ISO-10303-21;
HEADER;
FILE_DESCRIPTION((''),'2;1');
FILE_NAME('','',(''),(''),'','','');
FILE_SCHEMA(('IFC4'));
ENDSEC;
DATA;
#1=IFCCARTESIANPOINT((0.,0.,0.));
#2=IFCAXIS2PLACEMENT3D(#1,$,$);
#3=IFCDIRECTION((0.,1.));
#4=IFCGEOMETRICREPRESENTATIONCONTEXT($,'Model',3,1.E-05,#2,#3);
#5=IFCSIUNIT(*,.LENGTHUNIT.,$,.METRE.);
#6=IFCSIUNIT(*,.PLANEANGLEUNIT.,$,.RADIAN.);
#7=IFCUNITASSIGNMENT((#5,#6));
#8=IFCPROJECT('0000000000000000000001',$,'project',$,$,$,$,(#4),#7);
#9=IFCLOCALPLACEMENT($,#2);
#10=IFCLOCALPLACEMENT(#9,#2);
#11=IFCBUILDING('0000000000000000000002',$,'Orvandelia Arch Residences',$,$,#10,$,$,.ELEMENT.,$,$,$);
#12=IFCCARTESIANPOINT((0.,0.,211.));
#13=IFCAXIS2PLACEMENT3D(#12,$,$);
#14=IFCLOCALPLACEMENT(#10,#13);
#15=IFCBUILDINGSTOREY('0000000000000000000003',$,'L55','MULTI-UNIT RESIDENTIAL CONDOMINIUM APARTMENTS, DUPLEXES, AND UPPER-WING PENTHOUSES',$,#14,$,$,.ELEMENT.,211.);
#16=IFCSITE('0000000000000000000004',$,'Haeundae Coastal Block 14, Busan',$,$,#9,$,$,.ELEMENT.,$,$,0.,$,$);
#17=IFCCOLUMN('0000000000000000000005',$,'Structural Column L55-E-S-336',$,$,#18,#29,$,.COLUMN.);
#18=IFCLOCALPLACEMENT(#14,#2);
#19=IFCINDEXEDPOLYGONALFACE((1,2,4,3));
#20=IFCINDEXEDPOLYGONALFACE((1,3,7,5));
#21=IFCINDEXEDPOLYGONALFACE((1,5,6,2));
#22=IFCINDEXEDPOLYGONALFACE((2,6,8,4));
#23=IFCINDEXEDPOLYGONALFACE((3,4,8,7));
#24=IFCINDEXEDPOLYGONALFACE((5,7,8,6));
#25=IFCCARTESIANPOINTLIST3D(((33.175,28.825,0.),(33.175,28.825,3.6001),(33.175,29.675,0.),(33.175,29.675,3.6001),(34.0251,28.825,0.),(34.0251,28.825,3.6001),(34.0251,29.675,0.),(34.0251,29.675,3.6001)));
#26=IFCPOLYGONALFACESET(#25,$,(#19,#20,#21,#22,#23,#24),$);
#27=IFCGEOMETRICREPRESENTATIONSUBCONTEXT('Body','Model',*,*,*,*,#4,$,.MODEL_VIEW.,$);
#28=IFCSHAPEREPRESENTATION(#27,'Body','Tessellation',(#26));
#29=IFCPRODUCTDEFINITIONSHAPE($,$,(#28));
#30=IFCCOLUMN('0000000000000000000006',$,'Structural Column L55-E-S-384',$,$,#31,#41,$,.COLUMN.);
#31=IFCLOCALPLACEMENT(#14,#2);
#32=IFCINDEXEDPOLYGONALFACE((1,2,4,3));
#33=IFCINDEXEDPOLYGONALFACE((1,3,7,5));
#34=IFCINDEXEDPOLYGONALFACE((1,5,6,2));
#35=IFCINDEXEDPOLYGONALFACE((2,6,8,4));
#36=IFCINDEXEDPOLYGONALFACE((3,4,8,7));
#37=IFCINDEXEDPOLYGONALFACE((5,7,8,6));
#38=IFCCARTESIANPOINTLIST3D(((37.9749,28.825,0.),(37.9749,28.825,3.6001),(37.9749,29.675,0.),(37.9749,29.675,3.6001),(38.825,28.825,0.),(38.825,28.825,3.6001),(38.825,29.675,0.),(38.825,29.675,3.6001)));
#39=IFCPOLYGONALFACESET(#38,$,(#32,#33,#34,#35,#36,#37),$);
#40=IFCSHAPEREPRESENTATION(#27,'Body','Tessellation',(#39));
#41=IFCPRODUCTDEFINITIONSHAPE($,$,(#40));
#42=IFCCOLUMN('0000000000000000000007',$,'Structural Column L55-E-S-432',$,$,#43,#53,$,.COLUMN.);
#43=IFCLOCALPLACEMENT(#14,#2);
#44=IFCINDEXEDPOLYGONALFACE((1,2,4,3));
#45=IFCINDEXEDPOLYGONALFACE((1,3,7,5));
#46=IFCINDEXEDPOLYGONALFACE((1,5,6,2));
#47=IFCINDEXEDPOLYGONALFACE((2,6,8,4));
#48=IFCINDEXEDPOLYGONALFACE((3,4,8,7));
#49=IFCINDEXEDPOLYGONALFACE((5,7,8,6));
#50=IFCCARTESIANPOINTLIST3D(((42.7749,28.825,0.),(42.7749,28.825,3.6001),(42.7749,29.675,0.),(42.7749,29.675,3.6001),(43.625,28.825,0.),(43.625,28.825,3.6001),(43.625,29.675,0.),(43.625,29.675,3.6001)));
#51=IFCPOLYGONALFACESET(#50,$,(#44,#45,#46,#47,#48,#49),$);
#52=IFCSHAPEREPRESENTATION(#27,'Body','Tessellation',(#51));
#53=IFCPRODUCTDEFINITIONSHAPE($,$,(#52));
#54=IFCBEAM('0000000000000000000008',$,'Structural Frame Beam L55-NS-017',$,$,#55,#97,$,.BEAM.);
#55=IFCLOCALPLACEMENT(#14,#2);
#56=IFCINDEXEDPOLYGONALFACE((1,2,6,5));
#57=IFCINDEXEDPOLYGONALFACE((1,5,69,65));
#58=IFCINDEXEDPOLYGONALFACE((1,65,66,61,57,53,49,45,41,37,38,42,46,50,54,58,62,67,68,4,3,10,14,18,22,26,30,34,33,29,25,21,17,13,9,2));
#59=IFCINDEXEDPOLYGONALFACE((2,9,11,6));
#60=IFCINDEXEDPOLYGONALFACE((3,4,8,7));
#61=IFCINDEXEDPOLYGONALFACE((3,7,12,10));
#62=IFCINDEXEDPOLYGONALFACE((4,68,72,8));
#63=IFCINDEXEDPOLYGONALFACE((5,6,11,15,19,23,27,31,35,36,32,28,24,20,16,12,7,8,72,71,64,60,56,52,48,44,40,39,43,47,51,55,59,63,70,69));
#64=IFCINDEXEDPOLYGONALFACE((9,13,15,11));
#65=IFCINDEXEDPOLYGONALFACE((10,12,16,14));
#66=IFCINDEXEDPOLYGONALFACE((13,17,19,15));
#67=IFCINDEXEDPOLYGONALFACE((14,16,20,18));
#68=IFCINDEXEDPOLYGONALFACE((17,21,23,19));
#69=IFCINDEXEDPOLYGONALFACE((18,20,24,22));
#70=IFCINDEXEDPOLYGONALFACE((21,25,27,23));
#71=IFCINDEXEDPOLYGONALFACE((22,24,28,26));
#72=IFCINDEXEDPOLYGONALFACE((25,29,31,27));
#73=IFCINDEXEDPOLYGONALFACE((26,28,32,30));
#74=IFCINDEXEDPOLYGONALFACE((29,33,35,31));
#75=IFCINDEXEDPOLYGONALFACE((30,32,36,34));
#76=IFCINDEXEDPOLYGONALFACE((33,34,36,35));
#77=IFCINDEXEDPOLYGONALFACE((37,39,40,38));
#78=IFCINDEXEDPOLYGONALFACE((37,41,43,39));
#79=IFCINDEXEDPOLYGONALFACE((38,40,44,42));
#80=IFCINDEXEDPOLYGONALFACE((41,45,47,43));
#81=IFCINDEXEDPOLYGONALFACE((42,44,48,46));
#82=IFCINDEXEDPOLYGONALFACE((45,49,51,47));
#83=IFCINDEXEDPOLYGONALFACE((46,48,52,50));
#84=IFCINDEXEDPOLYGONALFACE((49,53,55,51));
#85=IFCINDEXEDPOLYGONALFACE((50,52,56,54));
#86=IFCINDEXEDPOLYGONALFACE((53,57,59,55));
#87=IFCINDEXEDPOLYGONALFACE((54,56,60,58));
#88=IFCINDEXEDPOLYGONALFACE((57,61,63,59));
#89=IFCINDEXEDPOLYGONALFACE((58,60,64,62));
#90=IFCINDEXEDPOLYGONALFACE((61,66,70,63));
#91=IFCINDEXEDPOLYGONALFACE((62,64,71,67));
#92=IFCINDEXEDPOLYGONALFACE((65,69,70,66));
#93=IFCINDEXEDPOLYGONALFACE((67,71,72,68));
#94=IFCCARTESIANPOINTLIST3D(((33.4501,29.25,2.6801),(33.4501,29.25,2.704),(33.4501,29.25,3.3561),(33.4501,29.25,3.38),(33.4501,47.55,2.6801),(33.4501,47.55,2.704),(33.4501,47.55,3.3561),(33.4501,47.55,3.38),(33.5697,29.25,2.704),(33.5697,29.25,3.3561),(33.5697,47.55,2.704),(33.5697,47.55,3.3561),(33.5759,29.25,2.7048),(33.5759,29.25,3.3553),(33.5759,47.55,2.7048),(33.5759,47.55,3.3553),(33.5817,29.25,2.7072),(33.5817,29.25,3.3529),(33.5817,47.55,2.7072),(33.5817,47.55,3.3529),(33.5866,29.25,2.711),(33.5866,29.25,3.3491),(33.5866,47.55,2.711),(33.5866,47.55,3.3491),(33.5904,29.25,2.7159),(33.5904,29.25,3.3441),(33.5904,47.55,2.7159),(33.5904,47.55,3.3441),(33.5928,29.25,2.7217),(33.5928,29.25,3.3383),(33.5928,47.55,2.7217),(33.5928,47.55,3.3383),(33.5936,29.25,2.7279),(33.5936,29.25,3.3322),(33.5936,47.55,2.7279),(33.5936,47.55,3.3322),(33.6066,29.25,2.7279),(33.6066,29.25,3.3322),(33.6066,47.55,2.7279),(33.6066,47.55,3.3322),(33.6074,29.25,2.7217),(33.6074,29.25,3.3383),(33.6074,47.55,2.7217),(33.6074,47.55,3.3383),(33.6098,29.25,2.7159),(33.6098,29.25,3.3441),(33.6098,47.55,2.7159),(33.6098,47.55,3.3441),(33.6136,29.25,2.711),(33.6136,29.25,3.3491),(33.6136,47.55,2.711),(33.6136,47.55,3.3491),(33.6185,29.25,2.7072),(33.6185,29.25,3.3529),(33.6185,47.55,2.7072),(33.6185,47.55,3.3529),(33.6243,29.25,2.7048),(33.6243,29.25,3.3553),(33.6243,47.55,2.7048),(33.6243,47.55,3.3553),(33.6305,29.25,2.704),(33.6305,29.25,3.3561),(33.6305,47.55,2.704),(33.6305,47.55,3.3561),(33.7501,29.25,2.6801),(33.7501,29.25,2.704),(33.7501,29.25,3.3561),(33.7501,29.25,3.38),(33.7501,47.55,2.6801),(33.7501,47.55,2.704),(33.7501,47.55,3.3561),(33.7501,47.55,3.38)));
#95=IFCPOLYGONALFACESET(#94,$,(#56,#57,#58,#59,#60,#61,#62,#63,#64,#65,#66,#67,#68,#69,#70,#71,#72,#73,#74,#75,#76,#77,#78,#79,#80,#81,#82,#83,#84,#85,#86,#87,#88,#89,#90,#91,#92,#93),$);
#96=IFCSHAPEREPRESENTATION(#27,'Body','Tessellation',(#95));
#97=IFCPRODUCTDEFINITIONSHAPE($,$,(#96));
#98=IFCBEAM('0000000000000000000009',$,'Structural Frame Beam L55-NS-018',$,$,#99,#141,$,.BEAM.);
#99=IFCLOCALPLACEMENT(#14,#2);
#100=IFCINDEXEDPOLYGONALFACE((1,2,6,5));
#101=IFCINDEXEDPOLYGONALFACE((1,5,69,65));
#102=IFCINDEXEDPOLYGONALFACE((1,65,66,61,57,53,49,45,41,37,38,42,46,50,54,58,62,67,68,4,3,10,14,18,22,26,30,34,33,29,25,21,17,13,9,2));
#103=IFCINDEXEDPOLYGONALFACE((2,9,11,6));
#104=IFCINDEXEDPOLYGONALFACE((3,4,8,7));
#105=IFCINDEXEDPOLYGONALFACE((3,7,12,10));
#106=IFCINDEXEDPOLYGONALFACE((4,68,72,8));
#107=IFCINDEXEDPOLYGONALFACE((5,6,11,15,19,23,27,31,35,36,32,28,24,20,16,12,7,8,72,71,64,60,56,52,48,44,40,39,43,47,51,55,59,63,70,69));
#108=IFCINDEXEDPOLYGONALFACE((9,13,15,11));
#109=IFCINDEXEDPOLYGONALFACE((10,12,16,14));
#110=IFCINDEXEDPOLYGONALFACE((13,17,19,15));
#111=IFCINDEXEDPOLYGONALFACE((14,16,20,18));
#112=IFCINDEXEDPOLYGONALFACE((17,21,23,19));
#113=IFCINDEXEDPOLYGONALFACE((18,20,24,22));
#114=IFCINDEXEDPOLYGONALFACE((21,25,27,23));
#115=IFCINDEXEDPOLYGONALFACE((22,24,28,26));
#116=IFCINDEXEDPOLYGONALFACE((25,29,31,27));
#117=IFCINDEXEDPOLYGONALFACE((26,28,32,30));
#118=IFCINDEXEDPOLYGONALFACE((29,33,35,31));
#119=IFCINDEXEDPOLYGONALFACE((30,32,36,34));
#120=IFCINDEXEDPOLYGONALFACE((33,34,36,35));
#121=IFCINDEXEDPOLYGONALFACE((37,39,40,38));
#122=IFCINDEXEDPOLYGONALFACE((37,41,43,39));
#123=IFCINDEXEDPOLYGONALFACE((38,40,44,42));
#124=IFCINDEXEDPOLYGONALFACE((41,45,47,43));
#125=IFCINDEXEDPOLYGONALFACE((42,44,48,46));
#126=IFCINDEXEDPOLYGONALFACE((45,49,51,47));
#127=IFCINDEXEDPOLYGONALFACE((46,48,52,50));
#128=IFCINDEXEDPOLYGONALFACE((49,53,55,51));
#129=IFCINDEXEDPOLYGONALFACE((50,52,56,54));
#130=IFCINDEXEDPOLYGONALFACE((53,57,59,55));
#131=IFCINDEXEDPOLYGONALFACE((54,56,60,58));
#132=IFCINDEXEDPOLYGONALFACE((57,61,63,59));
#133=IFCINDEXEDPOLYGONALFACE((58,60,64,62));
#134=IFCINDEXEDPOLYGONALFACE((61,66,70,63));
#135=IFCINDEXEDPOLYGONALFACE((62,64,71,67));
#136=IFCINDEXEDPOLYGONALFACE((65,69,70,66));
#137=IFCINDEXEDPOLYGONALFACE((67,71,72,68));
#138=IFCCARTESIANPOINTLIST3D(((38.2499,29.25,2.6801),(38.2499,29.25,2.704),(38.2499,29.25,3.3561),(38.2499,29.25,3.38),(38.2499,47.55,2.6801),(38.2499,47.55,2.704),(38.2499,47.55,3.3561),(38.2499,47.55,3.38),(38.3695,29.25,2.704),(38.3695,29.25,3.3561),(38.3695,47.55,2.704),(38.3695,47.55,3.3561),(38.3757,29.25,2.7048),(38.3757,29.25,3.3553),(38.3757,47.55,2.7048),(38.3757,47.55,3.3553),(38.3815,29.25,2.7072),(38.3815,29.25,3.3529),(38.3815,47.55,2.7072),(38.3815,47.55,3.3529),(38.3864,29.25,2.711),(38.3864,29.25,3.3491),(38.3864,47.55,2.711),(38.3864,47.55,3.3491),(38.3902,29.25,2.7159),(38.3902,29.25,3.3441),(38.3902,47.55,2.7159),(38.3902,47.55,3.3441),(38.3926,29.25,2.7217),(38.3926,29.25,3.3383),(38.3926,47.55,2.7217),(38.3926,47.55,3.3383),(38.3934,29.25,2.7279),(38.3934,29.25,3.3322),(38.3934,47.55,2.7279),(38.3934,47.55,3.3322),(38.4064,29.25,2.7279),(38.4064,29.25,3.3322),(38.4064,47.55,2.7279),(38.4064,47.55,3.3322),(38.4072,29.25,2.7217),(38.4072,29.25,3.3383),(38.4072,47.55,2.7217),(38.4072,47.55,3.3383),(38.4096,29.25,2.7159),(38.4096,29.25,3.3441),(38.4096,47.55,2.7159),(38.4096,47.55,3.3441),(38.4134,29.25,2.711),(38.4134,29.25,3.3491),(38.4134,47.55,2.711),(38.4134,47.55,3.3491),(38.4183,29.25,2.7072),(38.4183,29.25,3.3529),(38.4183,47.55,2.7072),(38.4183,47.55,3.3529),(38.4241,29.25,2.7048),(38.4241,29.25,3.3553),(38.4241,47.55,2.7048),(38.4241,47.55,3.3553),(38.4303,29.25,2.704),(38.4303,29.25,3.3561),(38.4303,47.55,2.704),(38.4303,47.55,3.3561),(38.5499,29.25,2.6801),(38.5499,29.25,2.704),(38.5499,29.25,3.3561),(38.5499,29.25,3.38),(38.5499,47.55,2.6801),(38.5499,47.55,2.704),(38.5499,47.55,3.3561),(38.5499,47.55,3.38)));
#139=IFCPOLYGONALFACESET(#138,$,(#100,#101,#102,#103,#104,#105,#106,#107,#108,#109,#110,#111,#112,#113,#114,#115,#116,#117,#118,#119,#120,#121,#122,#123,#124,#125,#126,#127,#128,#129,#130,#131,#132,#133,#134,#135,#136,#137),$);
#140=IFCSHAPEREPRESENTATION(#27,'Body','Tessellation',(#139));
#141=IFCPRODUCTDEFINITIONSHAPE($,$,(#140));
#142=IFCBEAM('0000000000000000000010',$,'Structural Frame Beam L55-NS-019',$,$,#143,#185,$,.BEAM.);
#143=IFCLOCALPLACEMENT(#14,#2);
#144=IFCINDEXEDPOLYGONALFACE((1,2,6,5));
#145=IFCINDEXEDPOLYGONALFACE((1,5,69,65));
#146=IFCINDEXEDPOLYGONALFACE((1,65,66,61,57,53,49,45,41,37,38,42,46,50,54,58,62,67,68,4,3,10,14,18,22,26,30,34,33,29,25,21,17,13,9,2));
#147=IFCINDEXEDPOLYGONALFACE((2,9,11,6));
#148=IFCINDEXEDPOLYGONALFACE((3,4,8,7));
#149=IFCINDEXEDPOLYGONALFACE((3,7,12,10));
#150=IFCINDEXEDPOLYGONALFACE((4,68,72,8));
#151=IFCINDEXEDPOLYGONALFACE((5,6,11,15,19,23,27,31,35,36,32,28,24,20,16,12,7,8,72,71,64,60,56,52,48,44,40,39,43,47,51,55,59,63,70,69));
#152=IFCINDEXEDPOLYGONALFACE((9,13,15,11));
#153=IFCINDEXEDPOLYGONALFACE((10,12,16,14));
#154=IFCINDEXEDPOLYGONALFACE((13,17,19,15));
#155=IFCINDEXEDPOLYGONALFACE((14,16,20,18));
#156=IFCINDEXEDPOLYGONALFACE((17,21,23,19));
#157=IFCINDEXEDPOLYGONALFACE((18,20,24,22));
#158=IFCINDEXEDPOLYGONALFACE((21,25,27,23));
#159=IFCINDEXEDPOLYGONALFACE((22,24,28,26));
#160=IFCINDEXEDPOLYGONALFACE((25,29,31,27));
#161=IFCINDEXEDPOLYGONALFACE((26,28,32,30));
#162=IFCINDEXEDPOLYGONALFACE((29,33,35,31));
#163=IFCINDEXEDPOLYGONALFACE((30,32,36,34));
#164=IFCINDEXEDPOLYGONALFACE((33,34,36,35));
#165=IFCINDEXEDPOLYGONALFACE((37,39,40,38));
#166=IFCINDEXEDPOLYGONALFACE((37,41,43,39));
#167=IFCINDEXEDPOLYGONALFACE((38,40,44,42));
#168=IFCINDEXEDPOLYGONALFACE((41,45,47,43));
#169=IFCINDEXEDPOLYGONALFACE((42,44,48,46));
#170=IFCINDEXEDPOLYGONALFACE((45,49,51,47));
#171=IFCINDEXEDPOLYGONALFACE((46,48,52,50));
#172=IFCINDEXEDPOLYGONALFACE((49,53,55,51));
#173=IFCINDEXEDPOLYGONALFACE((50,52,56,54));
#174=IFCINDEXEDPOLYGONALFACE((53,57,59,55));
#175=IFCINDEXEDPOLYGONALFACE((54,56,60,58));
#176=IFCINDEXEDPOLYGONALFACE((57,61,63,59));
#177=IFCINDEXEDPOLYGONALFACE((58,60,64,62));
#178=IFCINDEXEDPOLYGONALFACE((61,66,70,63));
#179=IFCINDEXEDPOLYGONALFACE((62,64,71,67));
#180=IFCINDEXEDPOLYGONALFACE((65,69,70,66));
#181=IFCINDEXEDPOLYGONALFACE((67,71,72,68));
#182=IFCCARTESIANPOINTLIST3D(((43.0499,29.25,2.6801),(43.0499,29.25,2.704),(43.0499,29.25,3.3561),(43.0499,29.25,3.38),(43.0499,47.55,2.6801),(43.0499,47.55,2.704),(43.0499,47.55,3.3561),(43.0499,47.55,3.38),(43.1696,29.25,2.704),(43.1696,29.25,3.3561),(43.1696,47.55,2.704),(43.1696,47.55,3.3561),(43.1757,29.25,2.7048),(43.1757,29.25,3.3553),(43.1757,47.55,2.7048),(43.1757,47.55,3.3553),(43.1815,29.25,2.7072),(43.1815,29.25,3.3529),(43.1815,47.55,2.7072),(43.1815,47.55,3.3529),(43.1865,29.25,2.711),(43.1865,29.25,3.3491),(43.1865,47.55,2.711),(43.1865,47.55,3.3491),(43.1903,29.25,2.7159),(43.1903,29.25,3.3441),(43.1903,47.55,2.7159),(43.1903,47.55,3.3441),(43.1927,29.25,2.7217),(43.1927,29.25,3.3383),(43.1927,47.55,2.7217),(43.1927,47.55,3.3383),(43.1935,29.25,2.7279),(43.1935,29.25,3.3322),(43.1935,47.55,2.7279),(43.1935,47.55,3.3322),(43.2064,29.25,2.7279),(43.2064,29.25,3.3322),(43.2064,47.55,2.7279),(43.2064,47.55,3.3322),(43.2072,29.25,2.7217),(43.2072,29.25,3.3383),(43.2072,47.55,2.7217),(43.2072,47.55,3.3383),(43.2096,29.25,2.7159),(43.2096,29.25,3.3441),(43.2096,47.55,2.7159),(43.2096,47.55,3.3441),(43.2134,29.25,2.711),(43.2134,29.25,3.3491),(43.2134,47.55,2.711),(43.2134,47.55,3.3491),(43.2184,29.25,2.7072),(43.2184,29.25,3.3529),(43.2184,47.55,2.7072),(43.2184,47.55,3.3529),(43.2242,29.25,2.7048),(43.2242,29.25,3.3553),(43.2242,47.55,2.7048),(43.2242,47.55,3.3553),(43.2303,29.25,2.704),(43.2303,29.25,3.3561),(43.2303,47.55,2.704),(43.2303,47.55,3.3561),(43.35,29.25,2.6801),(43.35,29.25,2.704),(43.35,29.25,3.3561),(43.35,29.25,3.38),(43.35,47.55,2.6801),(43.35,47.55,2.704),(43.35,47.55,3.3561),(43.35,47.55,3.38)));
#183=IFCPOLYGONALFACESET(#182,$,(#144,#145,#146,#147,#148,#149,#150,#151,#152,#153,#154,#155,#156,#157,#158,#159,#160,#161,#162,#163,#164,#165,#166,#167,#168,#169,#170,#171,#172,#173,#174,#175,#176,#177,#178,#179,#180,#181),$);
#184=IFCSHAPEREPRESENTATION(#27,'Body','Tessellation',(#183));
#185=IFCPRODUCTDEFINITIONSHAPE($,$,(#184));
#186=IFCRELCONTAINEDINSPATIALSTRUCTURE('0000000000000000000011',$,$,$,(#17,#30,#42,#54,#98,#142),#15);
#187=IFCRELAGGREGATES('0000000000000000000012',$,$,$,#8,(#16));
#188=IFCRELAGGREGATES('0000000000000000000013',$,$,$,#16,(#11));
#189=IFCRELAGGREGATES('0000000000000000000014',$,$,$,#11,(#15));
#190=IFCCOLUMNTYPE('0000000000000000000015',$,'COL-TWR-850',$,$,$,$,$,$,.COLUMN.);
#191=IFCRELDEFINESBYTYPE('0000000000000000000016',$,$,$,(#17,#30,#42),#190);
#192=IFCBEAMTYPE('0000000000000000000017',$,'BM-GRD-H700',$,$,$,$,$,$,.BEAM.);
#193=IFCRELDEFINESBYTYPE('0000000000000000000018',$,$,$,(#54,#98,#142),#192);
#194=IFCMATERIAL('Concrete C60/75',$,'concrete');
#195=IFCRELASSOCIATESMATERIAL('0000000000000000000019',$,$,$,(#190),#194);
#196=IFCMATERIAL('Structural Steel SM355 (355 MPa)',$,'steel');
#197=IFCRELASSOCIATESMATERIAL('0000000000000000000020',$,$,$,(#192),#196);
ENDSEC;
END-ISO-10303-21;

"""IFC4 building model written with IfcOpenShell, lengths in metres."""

from ifc_helpers import new_model, si_unit, direction, frame, origin, origin_2d, place, context, subcontext, project, spatial, rectangle, i_section, extrude, material, material_profile, profile_set, type_object, element, save


model = new_model("IFC4")

# Units and contexts
model_context = context("Model", 3, precision=1e-05, world=origin(), true_north=direction((0.0, 1.0)))
body_context = subcontext(model_context, "Body", "Model", "MODEL_VIEW")
ifc_project = project(units=[si_unit("LENGTHUNIT", "METRE"), si_unit("PLANEANGLEUNIT", "RADIAN")], contexts=[model_context])

# Site, building, storey
site_placement = place(None, origin())
site = spatial("IfcSite", under=ifc_project, at=site_placement, Name="Haeundae Coastal Block 14, Busan", CompositionType="ELEMENT", RefElevation=0.0)
building_placement = place(site_placement, origin())
building = spatial("IfcBuilding", under=site, at=building_placement, Name="Orvandelia Arch Residences", CompositionType="ELEMENT")
storey_placement = place(building_placement, frame((0.0, 0.0, 211.0)))
storey = spatial("IfcBuildingStorey", under=building, at=storey_placement, Name="L55", Description="MULTI-UNIT RESIDENTIAL CONDOMINIUM APARTMENTS, DUPLEXES, AND UPPER-WING PENTHOUSES", CompositionType="ELEMENT", Elevation=211.0)

# Columns
ifc_material_1 = material(Name="Concrete C60/75", Category="concrete")
ifc_material_profile_1 = material_profile(ifc_material_1, rectangle(XDim=0.8501, YDim=0.8501, at=origin_2d()), Name="Concrete C60/75", Category="concrete")
ifc_profile_set_1 = profile_set([ifc_material_profile_1], Name="Concrete C60/75")
column_type = type_object("IfcColumnType", Name="COL-TWR-850", PredefinedType="COLUMN", material=ifc_profile_set_1)
for number, where, z_axis, x_axis, name in (
    (1, (33.6001, 29.25, 0.0), (0.0, 0.0, 1.0), (1.0, 0.0, 0.0), "Structural Column L55-E-S-336"),
    (2, (38.3999, 29.25, 0.0), (0.0, 0.0, 1.0), (1.0, 0.0, 0.0), "Structural Column L55-E-S-384"),
    (3, (43.2, 29.25, 0.0), (0.0, 0.0, 1.0), (1.0, 0.0, 0.0), "Structural Column L55-E-S-432"),
):
    element("IfcColumn", number, at=place(storey_placement, frame(where, z_axis=z_axis, x_axis=x_axis)), inside=storey, type_object=column_type, Name=name, PredefinedType="COLUMN", context=body_context, shape_type="SweptSolid", body=[
        extrude(rectangle(XDim=0.8501, YDim=0.8501, at=origin_2d()), origin(), (0.0, 0.0, 1.0), 3.6001),
    ])

# Beams
ifc_material_2 = material(Name="Structural Steel SM355 (355 MPa)", Category="steel")
ifc_material_profile_2 = material_profile(ifc_material_2, i_section(OverallWidth=0.3, OverallDepth=0.7, WebThickness=0.0129, FlangeThickness=0.0239, FilletRadius=0.0239, at=origin_2d()), Name="Structural Steel SM355 (355 MPa)", Category="steel")
ifc_profile_set_2 = profile_set([ifc_material_profile_2], Name="Structural Steel SM355 (355 MPa)")
beam_type = type_object("IfcBeamType", Name="BM-GRD-H700", PredefinedType="BEAM", material=ifc_profile_set_2)
for number, where, z_axis, x_axis, name in (
    (4, (33.6001, 29.25, 3.03), (0.0, 1.0, 0.0), (-1.0, 0.0, 0.0), "Structural Frame Beam L55-NS-017"),
    (5, (38.3999, 29.25, 3.03), (0.0, 1.0, 0.0), (-1.0, 0.0, 0.0), "Structural Frame Beam L55-NS-018"),
    (6, (43.2, 29.25, 3.03), (0.0, 1.0, 0.0), (-1.0, 0.0, 0.0), "Structural Frame Beam L55-NS-019"),
):
    element("IfcBeam", number, at=place(storey_placement, frame(where, z_axis=z_axis, x_axis=x_axis)), inside=storey, type_object=beam_type, Name=name, PredefinedType="BEAM", context=body_context, shape_type="SweptSolid", body=[
        extrude(i_section(OverallWidth=0.3, OverallDepth=0.7, WebThickness=0.0129, FlangeThickness=0.0239, FilletRadius=0.0239, at=origin_2d()), origin(), (0.0, 0.0, 1.0), 18.3),
    ])

save(model, "model.ifc")
